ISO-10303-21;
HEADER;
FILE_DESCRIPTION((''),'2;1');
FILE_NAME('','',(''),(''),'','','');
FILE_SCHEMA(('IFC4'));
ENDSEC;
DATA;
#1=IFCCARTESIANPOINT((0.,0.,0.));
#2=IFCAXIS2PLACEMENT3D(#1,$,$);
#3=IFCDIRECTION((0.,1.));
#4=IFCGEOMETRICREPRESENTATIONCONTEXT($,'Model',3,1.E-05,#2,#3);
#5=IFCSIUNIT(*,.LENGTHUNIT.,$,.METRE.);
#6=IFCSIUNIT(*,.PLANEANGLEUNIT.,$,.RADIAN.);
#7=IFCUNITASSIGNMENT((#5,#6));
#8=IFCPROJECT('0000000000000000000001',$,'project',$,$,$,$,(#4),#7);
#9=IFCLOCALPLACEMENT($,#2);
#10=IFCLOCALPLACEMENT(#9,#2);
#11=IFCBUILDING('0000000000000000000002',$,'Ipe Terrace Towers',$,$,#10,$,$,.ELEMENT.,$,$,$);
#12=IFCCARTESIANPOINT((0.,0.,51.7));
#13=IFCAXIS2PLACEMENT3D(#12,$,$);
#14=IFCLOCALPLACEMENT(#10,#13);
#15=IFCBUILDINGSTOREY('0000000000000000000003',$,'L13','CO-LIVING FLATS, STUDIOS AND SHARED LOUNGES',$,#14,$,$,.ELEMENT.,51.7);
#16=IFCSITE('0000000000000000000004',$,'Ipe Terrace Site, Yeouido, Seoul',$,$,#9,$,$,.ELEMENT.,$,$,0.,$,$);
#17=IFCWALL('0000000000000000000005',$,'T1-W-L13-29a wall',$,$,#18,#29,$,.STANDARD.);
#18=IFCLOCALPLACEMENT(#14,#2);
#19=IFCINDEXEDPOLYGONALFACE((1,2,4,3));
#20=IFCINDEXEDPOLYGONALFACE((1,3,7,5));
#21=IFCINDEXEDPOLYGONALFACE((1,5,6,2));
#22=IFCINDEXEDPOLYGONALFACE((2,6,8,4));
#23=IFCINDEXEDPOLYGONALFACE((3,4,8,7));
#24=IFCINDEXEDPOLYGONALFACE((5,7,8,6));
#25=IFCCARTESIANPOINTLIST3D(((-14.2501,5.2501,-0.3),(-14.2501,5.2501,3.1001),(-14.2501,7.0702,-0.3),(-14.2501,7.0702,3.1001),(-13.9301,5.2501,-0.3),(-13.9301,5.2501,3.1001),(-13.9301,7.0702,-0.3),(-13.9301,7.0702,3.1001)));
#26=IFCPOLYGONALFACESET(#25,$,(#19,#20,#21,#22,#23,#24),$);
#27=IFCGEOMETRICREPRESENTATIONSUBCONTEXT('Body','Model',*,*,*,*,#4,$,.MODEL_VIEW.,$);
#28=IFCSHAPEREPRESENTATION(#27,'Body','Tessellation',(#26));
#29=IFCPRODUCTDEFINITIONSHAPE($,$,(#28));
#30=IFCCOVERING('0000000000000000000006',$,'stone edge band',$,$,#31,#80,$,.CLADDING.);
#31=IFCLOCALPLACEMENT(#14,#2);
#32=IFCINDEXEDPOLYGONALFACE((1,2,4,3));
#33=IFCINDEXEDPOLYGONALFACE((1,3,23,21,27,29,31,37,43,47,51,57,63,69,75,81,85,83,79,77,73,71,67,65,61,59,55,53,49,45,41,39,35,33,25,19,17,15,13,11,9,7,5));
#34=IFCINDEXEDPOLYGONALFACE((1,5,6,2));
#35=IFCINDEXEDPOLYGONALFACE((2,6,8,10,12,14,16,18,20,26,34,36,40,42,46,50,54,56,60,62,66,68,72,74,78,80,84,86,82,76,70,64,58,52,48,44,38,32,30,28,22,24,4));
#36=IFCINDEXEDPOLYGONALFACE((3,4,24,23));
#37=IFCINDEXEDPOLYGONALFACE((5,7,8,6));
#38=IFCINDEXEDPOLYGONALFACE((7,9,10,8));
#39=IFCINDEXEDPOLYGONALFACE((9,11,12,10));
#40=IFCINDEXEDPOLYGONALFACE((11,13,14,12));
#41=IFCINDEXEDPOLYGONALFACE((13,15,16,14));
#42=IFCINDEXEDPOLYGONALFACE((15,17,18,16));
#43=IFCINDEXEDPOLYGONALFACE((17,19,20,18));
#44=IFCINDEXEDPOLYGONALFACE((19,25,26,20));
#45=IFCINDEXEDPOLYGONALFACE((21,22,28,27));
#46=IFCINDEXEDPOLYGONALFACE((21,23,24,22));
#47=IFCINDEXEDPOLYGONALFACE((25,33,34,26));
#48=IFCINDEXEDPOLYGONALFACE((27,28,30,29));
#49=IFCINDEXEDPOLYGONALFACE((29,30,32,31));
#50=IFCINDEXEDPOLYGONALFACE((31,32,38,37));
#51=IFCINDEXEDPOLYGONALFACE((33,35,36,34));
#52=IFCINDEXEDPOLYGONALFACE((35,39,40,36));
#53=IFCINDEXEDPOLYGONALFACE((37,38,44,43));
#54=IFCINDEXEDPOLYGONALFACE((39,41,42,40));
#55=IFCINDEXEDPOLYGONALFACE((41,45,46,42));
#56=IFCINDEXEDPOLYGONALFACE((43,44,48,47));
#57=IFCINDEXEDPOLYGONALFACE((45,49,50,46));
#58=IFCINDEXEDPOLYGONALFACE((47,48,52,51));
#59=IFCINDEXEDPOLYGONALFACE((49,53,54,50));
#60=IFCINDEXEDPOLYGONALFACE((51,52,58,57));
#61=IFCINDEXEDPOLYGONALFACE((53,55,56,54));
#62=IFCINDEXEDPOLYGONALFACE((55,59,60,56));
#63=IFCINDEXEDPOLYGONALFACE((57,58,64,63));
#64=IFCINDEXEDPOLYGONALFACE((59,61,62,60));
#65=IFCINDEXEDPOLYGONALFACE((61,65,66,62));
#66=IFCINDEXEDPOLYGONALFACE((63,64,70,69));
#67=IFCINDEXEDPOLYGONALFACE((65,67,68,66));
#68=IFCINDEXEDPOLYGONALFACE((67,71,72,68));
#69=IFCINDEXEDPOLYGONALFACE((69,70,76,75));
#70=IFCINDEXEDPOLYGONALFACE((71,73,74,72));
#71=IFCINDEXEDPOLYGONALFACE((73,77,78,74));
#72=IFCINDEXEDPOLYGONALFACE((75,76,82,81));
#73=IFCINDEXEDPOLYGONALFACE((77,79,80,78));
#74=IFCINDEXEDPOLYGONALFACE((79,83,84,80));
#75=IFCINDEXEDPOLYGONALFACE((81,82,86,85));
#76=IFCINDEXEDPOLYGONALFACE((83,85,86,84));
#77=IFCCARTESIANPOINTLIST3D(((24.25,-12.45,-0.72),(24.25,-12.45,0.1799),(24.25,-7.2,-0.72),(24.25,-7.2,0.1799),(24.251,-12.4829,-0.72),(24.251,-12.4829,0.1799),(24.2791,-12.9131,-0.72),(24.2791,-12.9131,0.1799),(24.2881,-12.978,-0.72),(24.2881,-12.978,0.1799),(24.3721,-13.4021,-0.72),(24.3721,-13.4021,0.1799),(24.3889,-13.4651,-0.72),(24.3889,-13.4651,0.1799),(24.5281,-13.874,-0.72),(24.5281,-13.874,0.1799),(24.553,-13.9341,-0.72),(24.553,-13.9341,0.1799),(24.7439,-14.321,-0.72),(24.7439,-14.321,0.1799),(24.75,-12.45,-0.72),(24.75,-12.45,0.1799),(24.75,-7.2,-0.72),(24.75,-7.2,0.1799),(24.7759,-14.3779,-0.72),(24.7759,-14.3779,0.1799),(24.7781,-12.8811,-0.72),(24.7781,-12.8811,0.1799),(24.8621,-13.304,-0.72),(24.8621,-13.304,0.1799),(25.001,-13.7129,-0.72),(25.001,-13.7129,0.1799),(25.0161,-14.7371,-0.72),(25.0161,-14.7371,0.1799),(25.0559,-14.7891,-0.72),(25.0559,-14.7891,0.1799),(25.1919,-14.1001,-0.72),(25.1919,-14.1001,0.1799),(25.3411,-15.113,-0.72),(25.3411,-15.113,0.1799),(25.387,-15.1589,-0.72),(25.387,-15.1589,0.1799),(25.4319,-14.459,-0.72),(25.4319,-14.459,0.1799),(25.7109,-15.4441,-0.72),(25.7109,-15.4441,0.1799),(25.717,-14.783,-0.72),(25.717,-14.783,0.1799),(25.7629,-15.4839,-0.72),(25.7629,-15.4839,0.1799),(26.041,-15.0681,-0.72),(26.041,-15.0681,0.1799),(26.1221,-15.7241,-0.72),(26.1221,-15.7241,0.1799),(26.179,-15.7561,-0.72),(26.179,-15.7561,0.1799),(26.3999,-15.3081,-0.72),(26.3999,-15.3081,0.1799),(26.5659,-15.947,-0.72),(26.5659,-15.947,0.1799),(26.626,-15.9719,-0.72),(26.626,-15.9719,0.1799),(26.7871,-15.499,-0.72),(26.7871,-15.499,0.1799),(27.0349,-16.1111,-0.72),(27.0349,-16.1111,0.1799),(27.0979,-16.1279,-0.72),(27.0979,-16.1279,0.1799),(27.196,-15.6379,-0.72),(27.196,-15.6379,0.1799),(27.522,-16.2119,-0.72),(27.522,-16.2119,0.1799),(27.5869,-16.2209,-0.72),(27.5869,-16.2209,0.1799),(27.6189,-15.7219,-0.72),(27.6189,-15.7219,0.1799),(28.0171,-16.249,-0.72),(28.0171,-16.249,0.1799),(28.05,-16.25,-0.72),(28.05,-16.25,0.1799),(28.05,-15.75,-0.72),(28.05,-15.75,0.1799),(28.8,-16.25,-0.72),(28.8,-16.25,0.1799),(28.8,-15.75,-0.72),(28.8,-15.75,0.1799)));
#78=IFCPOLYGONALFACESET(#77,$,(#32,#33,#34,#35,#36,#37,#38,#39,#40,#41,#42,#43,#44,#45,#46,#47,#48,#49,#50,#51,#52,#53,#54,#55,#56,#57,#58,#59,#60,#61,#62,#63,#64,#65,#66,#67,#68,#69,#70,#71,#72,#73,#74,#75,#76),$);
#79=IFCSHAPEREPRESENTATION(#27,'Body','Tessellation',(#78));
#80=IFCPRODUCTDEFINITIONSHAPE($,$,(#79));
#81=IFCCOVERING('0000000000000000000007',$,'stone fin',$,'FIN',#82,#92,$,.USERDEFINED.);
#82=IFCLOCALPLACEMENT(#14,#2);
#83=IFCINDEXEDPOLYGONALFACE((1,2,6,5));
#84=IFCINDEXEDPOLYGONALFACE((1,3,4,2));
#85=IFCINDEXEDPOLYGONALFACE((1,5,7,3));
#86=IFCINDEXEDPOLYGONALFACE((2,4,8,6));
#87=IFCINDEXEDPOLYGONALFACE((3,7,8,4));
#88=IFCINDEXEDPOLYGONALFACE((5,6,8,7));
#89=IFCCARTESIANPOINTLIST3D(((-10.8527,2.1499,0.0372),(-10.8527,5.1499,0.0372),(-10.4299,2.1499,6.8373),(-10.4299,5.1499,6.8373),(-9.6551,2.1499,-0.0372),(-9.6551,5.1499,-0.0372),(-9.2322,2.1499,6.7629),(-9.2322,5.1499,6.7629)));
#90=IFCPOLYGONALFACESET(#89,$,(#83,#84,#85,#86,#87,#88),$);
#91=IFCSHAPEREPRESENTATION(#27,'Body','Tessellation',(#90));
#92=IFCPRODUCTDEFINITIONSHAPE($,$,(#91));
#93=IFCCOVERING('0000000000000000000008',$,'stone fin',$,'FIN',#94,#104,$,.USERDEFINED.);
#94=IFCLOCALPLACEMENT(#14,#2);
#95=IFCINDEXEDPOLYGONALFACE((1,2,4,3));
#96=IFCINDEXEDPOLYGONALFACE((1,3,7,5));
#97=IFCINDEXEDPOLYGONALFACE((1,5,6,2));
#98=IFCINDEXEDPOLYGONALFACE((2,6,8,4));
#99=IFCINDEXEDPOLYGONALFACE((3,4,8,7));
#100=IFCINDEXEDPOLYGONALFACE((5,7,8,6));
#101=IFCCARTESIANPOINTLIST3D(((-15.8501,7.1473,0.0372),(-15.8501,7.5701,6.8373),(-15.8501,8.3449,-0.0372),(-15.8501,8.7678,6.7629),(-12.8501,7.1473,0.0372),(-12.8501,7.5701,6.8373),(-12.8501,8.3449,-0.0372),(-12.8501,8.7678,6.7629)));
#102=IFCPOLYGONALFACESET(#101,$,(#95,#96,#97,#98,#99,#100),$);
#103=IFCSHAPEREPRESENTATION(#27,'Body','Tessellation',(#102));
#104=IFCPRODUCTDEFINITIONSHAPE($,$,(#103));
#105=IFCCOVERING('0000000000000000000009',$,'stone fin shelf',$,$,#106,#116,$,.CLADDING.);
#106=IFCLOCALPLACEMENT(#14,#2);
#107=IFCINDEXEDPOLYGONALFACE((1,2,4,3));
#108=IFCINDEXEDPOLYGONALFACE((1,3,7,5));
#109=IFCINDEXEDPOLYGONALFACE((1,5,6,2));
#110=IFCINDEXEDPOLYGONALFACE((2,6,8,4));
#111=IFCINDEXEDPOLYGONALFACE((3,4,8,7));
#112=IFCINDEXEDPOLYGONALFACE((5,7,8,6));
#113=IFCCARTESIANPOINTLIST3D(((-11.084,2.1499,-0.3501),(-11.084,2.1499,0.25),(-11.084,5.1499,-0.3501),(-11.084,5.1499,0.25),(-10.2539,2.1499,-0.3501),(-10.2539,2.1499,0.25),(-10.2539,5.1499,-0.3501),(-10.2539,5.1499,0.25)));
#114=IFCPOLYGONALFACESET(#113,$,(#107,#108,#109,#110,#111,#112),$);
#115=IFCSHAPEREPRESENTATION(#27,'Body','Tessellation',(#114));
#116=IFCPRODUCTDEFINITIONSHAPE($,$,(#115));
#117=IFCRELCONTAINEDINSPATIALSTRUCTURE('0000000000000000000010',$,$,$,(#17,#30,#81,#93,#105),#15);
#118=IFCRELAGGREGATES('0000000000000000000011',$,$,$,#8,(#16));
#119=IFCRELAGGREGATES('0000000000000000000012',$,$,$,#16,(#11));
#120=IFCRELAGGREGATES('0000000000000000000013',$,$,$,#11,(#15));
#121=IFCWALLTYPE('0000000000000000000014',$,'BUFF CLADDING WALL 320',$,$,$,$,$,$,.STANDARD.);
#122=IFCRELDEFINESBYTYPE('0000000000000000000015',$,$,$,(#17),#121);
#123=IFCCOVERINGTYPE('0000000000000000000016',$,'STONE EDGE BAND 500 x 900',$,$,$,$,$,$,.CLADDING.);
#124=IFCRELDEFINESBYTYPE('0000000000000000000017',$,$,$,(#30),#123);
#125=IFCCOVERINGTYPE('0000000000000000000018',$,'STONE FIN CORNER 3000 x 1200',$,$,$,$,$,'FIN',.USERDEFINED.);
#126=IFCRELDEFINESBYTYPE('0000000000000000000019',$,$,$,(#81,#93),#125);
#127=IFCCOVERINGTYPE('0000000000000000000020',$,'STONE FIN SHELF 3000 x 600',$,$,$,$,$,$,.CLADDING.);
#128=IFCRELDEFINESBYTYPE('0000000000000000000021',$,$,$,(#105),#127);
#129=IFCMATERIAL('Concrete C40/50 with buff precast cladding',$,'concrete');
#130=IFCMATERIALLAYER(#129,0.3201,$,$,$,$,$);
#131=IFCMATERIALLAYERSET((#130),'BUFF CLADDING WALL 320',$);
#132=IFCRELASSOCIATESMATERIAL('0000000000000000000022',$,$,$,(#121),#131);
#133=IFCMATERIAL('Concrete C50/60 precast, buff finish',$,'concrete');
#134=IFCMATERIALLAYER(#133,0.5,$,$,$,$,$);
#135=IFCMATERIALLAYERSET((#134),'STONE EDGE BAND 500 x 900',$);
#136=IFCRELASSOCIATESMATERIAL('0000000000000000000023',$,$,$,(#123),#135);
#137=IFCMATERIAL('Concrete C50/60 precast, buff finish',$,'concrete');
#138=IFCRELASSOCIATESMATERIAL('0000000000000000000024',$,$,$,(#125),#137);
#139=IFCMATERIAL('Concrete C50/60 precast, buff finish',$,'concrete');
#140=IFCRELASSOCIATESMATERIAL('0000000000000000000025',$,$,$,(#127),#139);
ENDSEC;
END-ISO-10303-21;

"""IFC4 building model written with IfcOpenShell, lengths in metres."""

from ifc_helpers import new_model, si_unit, direction, frame, frame_2d, origin, origin_2d, place, context, subcontext, project, spatial, polyline, rectangle, outline, extrude, material, layer, layer_set, material_profile, profile_set, type_object, element, save


model = new_model("IFC4")

# Units and contexts
model_context = context("Model", 3, precision=1e-05, world=origin(), true_north=direction((0.0, 1.0)))
body_context = subcontext(model_context, "Body", "Model", "MODEL_VIEW")
ifc_project = project(units=[si_unit("LENGTHUNIT", "METRE"), si_unit("PLANEANGLEUNIT", "RADIAN")], contexts=[model_context])

# Site, building, storey
site_placement = place(None, origin())
site = spatial("IfcSite", under=ifc_project, at=site_placement, Name="Ipe Terrace Site, Yeouido, Seoul", CompositionType="ELEMENT", RefElevation=0.0)
building_placement = place(site_placement, origin())
building = spatial("IfcBuilding", under=site, at=building_placement, Name="Ipe Terrace Towers", CompositionType="ELEMENT")
storey_placement = place(building_placement, frame((0.0, 0.0, 51.7)))
storey = spatial("IfcBuildingStorey", under=building, at=storey_placement, Name="L13", Description="CO-LIVING FLATS, STUDIOS AND SHARED LOUNGES", CompositionType="ELEMENT", Elevation=51.7)

# Wall
ifc_material_1 = material(Name="Concrete C40/50 with buff precast cladding", Category="concrete")
ifc_layer_1 = layer(ifc_material_1, 0.3201)
ifc_layer_set_1 = layer_set([ifc_layer_1], Name="BUFF CLADDING WALL 320")
wall_type = type_object("IfcWallType", Name="BUFF CLADDING WALL 320", PredefinedType="STANDARD", material=ifc_layer_set_1)
wall_1_placement = place(storey_placement, frame((-14.0901, 5.25, -0.3), z_axis=(0.0, 0.0, 1.0), x_axis=(0.0, 1.0, 0.0)))
element("IfcWall", 1, at=wall_1_placement, inside=storey, type_object=wall_type, Name="T1-W-L13-29a wall", PredefinedType="STANDARD", context=body_context, shape_type="SweptSolid", body=[
    extrude(rectangle(XDim=1.8201, YDim=0.3201, at=frame_2d((0.9102, 0.0))), origin(), (0.0, 0.0, 1.0), 3.4001),
])

# Coverings
ifc_material_2 = material(Name="Concrete C50/60 precast, buff finish", Category="concrete")
ifc_layer_2 = layer(ifc_material_2, 0.5)
ifc_layer_set_2 = layer_set([ifc_layer_2], Name="STONE EDGE BAND 500 x 900")
covering_type_1 = type_object("IfcCoveringType", Name="STONE EDGE BAND 500 x 900", PredefinedType="CLADDING", material=ifc_layer_set_2)
covering_1_placement = place(storey_placement, frame((0.0, 0.0, -0.72)))
element("IfcCovering", 2, at=covering_1_placement, inside=storey, type_object=covering_type_1, Name="stone edge band", PredefinedType="CLADDING", context=body_context, shape_type="SweptSolid", body=[
    extrude(outline(polyline([(24.25, -12.45), (24.251, -12.4829), (24.2791, -12.9131), (24.2881, -12.978), (24.3721, -13.4021), (24.3889, -13.4651), (24.5281, -13.874), (24.553, -13.9341), (24.7439, -14.321), (24.7759, -14.3779), (25.0161, -14.7371), (25.0559, -14.7891), (25.3411, -15.113), (25.387, -15.1589), (25.7109, -15.4441), (25.7629, -15.4839), (26.1221, -15.7241), (26.179, -15.7561), (26.5659, -15.947), (26.626, -15.9719), (27.0349, -16.1111), (27.0979, -16.1279), (27.522, -16.2119), (27.5869, -16.2209), (28.0171, -16.249), (28.05, -16.25), (28.8, -16.25), (28.8, -15.75), (28.05, -15.75), (27.6189, -15.7219), (27.196, -15.6379), (26.7871, -15.499), (26.3999, -15.3081), (26.041, -15.0681), (25.717, -14.783), (25.4319, -14.459), (25.1919, -14.1001), (25.001, -13.7129), (24.8621, -13.304), (24.7781, -12.8811), (24.75, -12.45), (24.75, -7.2), (24.25, -7.2), (24.25, -12.45)])), origin(), (0.0, 0.0, 1.0), 0.8999),
])
ifc_material_3 = material(Name="Concrete C50/60 precast, buff finish", Category="concrete")
ifc_material_profile_1 = material_profile(ifc_material_3, rectangle(XDim=3.0, YDim=1.2, at=origin_2d()), Name="STONE FIN CORNER 3000 x 1200")
ifc_profile_set_1 = profile_set([ifc_material_profile_1], Name="Concrete C50/60 precast, buff finish")
covering_type_2 = type_object("IfcCoveringType", Name="STONE FIN CORNER 3000 x 1200", ElementType="FIN", PredefinedType="USERDEFINED", material=ifc_profile_set_1)
for number, where, z_axis, x_axis, name in (
    (3, (-10.2539, 3.6499, 0.0), (0.062064, 0.0, 0.998072), (0.0, 1.0, 0.0), "stone fin"),
    (4, (-14.3501, 7.7461, 0.0), (0.0, 0.062064, 0.998072), (-1.0, 0.0, 0.0), "stone fin"),
):
    element("IfcCovering", number, at=place(storey_placement, frame(where, z_axis=z_axis, x_axis=x_axis)), inside=storey, type_object=covering_type_2, Name=name, ObjectType="FIN", PredefinedType="USERDEFINED", context=body_context, shape_type="SweptSolid", body=[
        extrude(rectangle(XDim=3.0, YDim=1.2, at=origin_2d()), origin(), (0.0, 0.0, 1.0), 6.8132),
    ])
ifc_material_4 = material(Name="Concrete C50/60 precast, buff finish", Category="concrete")
covering_type_3 = type_object("IfcCoveringType", Name="STONE FIN SHELF 3000 x 600", PredefinedType="CLADDING", material=ifc_material_4)
covering_2_placement = place(storey_placement, frame((-10.6689, 3.6499, -0.3501), z_axis=(0.0, 0.0, 1.0), x_axis=(0.0, 1.0, 0.0)))
element("IfcCovering", 5, at=covering_2_placement, inside=storey, type_object=covering_type_3, Name="stone fin shelf", PredefinedType="CLADDING", context=body_context, shape_type="SweptSolid", body=[
    extrude(rectangle(XDim=3.0, YDim=0.8301, at=origin_2d()), origin(), (0.0, 0.0, 1.0), 0.6001),
])

save(model, "model.ifc")
